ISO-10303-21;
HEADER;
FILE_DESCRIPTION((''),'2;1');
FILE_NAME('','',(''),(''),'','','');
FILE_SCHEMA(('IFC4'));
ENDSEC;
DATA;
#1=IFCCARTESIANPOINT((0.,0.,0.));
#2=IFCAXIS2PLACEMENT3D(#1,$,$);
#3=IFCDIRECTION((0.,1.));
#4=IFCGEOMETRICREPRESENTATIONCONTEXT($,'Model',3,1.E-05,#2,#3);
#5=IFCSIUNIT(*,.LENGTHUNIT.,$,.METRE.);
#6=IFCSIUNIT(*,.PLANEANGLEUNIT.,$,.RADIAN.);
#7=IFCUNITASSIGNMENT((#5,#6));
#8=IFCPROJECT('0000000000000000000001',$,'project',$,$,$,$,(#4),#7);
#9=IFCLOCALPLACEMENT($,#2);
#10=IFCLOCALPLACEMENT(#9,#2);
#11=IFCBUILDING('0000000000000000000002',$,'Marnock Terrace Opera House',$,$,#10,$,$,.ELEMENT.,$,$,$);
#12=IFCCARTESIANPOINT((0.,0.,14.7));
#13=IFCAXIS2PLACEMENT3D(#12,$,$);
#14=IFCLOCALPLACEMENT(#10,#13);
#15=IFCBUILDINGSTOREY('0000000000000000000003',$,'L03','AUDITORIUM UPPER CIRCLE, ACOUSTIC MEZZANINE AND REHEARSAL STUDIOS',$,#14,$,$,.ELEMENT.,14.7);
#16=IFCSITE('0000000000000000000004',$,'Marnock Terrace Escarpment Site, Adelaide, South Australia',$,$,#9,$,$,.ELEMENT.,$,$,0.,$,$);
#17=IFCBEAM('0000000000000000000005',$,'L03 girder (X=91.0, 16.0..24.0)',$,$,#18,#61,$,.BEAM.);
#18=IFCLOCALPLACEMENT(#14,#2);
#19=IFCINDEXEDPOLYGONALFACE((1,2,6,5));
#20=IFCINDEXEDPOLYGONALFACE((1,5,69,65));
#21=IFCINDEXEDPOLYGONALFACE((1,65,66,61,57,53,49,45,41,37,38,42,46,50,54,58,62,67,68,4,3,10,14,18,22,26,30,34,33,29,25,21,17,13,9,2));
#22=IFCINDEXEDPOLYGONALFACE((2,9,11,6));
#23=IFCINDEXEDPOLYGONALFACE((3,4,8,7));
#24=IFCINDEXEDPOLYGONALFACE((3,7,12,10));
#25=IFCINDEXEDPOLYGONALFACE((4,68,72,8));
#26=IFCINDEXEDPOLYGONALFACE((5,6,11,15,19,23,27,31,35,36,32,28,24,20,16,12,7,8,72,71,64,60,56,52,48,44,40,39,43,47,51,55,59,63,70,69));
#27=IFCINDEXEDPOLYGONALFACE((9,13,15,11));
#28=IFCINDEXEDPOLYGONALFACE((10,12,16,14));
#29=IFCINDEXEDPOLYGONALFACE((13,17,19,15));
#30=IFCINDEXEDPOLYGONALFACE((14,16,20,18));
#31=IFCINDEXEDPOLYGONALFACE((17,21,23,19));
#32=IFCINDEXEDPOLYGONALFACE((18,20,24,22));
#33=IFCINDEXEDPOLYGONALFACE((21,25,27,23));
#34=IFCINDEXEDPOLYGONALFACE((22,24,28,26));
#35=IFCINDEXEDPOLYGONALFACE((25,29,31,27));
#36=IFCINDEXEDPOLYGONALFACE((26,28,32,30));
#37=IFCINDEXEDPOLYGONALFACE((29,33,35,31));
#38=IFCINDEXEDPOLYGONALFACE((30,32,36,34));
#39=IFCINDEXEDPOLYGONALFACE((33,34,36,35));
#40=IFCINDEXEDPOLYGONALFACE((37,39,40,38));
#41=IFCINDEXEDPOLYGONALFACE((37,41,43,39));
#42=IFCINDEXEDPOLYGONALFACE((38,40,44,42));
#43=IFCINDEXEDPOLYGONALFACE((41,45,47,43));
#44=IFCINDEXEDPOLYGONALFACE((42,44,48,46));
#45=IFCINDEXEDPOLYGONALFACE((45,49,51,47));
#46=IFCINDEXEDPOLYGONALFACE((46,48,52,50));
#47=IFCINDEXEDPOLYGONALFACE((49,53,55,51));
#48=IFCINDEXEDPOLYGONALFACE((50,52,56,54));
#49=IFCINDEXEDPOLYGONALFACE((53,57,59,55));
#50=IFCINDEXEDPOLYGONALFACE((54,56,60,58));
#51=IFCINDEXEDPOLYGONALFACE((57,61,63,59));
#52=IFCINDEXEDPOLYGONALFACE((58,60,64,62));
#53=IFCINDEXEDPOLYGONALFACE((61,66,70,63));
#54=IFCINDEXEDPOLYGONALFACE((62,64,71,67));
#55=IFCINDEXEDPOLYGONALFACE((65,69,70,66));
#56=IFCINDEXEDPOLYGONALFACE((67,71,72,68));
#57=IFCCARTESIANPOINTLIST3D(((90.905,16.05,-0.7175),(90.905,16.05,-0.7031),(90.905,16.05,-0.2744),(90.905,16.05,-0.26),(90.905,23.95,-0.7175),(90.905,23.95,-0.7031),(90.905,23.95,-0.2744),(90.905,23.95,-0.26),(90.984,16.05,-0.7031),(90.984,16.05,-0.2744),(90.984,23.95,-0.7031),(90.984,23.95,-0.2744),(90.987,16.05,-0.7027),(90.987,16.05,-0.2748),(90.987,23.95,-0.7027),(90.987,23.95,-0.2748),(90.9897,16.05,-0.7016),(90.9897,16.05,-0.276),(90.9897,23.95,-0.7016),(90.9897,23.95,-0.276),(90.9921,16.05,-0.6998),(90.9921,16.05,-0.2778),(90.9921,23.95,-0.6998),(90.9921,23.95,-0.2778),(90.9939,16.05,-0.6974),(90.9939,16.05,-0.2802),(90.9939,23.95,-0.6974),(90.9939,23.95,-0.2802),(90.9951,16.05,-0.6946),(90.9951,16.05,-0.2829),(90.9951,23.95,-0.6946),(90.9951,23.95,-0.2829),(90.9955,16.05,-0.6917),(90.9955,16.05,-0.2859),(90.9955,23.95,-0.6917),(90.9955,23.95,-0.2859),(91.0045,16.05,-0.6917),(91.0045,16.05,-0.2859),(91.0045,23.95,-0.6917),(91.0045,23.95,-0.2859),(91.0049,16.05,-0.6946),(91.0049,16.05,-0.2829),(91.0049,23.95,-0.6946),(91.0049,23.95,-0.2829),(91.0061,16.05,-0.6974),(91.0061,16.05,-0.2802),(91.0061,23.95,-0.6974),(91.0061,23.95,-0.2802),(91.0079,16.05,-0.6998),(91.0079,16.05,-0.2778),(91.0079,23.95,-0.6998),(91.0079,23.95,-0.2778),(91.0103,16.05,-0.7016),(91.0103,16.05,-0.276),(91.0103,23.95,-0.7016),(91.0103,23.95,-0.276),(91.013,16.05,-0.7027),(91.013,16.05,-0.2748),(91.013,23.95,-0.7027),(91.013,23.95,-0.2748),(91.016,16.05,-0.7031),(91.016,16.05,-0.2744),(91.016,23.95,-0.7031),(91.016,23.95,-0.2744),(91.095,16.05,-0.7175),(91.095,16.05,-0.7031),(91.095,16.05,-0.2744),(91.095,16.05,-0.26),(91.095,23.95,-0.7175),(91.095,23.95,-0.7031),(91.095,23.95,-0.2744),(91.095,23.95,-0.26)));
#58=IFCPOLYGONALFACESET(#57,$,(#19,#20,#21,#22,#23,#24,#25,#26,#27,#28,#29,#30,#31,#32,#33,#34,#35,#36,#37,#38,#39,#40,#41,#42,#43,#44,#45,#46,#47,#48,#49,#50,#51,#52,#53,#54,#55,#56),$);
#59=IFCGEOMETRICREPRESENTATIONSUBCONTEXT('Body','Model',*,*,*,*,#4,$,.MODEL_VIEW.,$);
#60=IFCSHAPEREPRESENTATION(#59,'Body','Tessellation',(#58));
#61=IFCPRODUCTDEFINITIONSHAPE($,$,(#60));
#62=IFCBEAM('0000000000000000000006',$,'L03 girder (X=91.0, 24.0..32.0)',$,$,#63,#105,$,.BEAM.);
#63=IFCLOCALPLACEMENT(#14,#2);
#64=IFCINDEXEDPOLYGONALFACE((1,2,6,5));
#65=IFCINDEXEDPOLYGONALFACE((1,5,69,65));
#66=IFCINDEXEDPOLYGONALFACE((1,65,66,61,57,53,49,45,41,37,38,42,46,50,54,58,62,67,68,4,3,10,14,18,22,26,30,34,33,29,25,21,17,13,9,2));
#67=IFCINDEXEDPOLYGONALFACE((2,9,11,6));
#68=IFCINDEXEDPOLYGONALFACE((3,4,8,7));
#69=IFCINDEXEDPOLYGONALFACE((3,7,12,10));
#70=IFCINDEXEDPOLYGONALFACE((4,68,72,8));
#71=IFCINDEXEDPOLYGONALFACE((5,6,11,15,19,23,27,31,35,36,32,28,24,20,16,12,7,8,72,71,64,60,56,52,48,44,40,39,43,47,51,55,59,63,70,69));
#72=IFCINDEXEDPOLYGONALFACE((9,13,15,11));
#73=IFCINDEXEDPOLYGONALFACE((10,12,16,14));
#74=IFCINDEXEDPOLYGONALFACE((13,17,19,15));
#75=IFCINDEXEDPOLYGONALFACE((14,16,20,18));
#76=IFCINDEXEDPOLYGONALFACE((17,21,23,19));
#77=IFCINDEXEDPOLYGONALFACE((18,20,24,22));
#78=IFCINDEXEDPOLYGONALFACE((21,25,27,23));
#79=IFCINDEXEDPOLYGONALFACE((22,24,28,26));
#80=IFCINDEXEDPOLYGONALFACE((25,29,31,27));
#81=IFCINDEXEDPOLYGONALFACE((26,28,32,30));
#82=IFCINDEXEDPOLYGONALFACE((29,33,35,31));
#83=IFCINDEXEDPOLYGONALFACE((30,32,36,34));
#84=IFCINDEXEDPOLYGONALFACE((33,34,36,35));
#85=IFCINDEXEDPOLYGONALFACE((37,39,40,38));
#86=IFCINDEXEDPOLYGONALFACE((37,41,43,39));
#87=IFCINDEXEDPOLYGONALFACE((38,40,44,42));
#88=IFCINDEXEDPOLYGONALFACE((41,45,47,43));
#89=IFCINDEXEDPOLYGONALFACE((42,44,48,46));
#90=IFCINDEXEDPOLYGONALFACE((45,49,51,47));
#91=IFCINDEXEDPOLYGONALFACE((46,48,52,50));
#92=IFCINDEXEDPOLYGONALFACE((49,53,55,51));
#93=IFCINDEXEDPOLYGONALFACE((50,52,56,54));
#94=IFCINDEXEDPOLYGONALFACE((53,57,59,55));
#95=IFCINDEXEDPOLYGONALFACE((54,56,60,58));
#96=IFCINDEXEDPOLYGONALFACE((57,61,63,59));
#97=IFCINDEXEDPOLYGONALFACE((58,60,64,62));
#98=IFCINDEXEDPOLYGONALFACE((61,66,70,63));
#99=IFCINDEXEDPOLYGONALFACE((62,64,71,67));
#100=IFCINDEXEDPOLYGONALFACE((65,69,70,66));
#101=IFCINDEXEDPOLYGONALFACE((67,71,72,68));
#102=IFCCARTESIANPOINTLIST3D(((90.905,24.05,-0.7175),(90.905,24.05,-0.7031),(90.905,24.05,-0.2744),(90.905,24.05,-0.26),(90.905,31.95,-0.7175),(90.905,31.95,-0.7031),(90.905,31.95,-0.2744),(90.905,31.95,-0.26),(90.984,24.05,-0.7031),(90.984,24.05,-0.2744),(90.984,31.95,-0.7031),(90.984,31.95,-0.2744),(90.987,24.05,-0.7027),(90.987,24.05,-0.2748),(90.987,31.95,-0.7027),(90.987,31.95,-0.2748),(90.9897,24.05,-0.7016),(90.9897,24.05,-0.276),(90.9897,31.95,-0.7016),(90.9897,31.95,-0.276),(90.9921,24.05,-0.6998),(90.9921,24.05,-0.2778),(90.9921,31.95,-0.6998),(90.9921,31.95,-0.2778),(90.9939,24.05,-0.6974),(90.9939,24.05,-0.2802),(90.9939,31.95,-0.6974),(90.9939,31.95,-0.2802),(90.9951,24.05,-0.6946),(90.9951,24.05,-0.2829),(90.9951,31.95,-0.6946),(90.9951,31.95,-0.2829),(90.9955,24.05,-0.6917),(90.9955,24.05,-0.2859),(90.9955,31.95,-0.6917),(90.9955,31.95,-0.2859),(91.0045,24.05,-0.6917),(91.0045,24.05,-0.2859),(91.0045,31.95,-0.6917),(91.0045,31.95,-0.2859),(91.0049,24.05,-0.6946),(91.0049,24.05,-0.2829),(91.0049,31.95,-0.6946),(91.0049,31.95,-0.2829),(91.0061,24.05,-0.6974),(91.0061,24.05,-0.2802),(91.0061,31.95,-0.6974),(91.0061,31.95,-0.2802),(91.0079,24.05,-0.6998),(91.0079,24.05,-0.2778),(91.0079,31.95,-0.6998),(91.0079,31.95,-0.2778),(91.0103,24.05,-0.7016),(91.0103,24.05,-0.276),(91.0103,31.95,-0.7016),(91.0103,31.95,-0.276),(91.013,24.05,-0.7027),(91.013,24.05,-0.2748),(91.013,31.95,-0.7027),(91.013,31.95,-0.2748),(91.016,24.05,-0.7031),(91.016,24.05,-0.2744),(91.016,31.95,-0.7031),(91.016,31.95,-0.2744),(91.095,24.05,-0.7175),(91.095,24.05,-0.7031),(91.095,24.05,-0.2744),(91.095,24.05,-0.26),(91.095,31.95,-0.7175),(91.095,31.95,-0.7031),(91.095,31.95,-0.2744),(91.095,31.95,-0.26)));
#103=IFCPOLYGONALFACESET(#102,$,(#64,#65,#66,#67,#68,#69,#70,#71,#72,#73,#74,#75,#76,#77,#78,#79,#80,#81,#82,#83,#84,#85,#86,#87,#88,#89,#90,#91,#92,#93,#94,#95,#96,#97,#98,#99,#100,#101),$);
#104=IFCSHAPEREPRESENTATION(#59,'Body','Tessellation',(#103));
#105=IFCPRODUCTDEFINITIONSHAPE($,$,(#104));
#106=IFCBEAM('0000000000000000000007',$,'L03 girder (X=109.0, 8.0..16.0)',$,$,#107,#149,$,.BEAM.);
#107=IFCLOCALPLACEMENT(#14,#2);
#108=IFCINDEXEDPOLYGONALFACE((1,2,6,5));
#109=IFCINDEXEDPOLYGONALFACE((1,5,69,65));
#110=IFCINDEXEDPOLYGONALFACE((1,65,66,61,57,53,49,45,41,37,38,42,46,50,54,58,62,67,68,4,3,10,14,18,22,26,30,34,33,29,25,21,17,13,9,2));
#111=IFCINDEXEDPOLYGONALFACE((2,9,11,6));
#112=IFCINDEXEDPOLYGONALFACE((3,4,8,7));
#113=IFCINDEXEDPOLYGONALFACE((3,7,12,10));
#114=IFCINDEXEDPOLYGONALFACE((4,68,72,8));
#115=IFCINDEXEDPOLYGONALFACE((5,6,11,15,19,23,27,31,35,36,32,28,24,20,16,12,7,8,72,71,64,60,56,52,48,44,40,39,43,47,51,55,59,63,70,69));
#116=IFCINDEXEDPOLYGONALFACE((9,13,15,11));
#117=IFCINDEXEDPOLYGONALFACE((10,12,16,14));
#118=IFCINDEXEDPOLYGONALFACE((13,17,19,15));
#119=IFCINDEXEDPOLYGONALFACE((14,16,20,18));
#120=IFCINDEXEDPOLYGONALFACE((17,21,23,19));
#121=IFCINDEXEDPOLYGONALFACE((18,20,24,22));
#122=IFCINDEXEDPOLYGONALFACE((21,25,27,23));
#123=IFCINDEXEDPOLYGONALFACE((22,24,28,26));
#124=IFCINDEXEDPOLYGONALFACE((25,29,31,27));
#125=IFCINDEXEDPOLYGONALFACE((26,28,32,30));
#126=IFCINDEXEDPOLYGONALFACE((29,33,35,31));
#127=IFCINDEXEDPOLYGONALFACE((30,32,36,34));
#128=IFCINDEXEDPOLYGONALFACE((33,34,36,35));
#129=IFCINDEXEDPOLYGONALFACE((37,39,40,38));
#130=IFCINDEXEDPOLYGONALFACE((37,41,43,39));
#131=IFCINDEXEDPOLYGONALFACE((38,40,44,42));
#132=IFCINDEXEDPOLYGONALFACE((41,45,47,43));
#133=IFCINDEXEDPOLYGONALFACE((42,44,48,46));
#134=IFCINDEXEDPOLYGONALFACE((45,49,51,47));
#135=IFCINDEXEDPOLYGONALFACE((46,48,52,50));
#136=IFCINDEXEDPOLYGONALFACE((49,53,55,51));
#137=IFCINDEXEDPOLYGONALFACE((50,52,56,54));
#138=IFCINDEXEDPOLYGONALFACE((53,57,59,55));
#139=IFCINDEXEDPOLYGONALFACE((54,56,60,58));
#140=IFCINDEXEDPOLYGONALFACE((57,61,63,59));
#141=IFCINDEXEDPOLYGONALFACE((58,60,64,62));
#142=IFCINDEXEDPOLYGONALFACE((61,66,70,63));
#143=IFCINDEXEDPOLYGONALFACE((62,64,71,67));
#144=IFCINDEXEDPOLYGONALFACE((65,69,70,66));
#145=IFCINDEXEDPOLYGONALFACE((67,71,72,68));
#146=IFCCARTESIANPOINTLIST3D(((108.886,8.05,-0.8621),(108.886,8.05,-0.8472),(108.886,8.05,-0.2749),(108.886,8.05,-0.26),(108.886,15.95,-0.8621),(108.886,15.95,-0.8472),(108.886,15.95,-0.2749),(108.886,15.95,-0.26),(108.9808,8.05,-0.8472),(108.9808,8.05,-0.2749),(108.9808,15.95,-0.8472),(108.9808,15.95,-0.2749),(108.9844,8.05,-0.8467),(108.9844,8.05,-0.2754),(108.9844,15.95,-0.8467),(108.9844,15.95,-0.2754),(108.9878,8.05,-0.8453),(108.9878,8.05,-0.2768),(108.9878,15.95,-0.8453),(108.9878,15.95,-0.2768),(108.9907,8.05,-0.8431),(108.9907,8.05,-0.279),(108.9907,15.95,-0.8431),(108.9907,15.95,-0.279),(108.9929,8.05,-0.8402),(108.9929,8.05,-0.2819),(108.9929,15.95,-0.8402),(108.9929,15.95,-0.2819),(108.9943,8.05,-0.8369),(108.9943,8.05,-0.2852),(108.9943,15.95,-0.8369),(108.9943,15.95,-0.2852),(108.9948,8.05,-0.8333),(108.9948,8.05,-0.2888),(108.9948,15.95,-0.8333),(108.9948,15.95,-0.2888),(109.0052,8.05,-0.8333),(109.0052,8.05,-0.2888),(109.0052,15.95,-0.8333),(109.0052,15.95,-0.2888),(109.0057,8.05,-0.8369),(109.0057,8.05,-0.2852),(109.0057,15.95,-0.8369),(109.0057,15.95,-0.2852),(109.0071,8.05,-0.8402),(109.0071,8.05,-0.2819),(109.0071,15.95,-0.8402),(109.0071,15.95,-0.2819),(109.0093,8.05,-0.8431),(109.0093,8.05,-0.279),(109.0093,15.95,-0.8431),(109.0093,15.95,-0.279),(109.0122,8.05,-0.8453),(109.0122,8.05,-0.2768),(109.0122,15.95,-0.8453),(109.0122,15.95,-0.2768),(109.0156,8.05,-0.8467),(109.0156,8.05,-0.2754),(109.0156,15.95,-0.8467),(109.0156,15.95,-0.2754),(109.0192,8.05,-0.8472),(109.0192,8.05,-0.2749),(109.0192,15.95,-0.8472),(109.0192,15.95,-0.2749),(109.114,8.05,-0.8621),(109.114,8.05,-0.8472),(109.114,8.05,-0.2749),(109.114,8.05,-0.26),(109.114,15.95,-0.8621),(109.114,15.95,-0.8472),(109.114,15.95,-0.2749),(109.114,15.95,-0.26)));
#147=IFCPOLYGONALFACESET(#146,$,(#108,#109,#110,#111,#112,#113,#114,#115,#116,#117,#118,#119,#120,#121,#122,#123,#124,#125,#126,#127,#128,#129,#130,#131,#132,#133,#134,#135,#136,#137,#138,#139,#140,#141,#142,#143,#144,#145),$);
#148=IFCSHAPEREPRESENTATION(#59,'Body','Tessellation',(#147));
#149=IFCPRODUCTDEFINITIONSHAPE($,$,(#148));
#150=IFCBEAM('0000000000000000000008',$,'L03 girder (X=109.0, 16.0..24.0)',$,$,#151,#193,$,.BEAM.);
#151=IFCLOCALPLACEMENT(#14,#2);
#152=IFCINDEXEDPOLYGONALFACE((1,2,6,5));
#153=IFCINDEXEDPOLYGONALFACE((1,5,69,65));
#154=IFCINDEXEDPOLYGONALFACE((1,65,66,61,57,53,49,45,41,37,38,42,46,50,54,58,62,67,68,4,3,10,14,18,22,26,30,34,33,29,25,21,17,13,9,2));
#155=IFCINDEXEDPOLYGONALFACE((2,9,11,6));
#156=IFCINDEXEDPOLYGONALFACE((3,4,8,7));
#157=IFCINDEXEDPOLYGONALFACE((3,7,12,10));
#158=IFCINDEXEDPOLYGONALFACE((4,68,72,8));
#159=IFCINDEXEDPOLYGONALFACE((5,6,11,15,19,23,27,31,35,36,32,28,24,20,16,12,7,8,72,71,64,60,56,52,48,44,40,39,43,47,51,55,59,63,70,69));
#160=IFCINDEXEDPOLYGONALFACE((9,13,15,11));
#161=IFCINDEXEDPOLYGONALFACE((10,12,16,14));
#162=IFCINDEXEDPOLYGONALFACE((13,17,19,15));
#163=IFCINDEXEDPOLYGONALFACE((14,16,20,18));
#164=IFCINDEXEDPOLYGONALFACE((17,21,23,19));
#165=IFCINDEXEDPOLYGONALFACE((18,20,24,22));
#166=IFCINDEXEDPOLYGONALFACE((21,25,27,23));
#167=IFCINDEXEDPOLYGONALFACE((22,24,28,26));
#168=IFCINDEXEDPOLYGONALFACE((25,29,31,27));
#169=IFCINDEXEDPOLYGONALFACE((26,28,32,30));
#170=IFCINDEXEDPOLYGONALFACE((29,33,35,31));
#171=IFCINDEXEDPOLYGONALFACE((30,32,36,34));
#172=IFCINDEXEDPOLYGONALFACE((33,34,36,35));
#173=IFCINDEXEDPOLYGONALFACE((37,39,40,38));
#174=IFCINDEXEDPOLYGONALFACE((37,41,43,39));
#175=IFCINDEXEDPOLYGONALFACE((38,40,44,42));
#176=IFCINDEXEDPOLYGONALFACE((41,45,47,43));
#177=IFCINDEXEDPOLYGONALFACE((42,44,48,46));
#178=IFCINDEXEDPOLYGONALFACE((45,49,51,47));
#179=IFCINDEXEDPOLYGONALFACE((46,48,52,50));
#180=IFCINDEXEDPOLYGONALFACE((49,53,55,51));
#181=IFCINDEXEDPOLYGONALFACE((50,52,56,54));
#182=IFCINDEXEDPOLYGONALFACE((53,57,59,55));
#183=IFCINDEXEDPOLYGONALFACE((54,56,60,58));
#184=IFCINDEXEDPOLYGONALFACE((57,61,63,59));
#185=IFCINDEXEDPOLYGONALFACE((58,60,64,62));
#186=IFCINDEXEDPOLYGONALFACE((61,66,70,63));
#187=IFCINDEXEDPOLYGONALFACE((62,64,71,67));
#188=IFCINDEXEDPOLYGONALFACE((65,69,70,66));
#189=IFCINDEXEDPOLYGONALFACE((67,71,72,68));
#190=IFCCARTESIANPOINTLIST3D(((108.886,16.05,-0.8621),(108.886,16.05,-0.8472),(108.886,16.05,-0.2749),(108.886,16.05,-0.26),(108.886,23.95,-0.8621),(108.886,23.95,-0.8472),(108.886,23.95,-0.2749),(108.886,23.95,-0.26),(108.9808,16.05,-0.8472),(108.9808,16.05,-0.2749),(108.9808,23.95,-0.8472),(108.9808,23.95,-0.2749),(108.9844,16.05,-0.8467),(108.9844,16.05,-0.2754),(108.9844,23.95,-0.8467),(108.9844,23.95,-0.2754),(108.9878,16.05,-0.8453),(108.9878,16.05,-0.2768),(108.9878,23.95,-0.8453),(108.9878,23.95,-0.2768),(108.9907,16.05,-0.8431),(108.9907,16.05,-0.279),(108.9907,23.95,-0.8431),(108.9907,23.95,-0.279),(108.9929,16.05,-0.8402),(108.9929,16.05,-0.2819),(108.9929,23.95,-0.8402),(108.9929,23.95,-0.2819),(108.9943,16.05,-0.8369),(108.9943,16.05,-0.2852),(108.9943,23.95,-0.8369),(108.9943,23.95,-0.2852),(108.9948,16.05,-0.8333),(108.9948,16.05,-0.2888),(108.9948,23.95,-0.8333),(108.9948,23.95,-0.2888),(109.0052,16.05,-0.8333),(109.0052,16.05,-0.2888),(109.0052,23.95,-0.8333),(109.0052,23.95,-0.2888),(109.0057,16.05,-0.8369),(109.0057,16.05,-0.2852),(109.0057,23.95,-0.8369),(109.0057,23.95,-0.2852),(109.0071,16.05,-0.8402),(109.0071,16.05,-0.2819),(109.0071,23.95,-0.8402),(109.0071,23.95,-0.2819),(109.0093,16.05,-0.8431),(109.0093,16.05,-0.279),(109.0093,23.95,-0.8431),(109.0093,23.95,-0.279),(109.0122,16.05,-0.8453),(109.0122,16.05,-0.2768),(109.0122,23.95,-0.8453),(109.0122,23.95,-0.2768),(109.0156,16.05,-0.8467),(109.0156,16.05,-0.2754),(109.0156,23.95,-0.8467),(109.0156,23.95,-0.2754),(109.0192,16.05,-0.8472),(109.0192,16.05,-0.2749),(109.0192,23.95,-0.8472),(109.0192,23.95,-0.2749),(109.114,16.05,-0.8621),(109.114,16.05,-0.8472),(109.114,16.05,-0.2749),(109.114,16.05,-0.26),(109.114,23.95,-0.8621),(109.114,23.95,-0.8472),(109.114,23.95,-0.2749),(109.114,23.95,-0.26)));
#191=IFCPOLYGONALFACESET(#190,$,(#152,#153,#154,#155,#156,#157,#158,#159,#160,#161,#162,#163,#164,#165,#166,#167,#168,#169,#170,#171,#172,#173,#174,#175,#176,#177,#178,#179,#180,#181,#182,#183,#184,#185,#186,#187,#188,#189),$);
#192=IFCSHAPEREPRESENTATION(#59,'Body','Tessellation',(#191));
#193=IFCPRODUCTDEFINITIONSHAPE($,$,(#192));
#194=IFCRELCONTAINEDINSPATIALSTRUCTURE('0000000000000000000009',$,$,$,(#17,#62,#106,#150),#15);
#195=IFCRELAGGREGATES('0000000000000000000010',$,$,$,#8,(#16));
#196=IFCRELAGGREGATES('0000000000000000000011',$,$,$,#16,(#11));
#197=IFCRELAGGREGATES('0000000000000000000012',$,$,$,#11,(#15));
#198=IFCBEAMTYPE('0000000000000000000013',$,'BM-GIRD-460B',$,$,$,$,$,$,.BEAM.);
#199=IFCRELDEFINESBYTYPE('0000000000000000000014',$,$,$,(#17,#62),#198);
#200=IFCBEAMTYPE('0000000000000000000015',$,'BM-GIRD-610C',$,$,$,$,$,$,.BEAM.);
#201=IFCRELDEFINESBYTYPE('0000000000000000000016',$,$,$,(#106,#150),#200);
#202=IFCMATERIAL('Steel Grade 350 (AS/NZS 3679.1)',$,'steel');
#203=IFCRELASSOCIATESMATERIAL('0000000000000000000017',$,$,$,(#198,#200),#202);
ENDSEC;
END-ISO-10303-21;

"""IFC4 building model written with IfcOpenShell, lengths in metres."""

from ifc_helpers import new_model, si_unit, direction, frame, origin, origin_2d, place, context, subcontext, project, spatial, i_section, extrude, material, material_profile, profile_set, type_object, element, save


model = new_model("IFC4")

# Units and contexts
model_context = context("Model", 3, precision=1e-05, world=origin(), true_north=direction((0.0, 1.0)))
body_context = subcontext(model_context, "Body", "Model", "MODEL_VIEW")
ifc_project = project(units=[si_unit("LENGTHUNIT", "METRE"), si_unit("PLANEANGLEUNIT", "RADIAN")], contexts=[model_context])

# Site, building, storey
site_placement = place(None, origin())
site = spatial("IfcSite", under=ifc_project, at=site_placement, Name="Marnock Terrace Escarpment Site, Adelaide, South Australia", CompositionType="ELEMENT", RefElevation=0.0)
building_placement = place(site_placement, origin())
building = spatial("IfcBuilding", under=site, at=building_placement, Name="Marnock Terrace Opera House", CompositionType="ELEMENT")
storey_placement = place(building_placement, frame((0.0, 0.0, 14.7)))
storey = spatial("IfcBuildingStorey", under=building, at=storey_placement, Name="L03", Description="AUDITORIUM UPPER CIRCLE, ACOUSTIC MEZZANINE AND REHEARSAL STUDIOS", CompositionType="ELEMENT", Elevation=14.7)

# Beams
ifc_material_1 = material(Name="Steel Grade 350 (AS/NZS 3679.1)", Category="steel")
ifc_material_profile_1 = material_profile(ifc_material_1, i_section(OverallWidth=0.1899, OverallDepth=0.4575, WebThickness=0.009, FlangeThickness=0.0144, FilletRadius=0.0115, at=origin_2d()))
ifc_profile_set_1 = profile_set([ifc_material_profile_1], Name="Steel Grade 350 (AS/NZS 3679.1)")
beam_type_1 = type_object("IfcBeamType", Name="BM-GIRD-460B", PredefinedType="BEAM", material=ifc_profile_set_1)
for number, where, z_axis, x_axis, name in (
    (1, (91.0, 16.05, -0.4888), (0.0, 1.0, 0.0), (-1.0, 0.0, 0.0), "L03 girder (X=91.0, 16.0..24.0)"),
    (2, (91.0, 24.05, -0.4888), (0.0, 1.0, 0.0), (-1.0, 0.0, 0.0), "L03 girder (X=91.0, 24.0..32.0)"),
):
    element("IfcBeam", number, at=place(storey_placement, frame(where, z_axis=z_axis, x_axis=x_axis)), inside=storey, type_object=beam_type_1, Name=name, PredefinedType="BEAM", context=body_context, shape_type="SweptSolid", body=[
        extrude(i_section(OverallWidth=0.1899, OverallDepth=0.4575, WebThickness=0.009, FlangeThickness=0.0144, FilletRadius=0.0115, at=origin_2d()), origin(), (0.0, 0.0, 1.0), 7.8999),
    ])
ifc_material_profile_2 = material_profile(ifc_material_1, i_section(OverallWidth=0.228, OverallDepth=0.6021, WebThickness=0.0105, FlangeThickness=0.0149, FilletRadius=0.0139, at=origin_2d()))
ifc_profile_set_2 = profile_set([ifc_material_profile_2], Name="Steel Grade 350 (AS/NZS 3679.1)")
beam_type_2 = type_object("IfcBeamType", Name="BM-GIRD-610C", PredefinedType="BEAM", material=ifc_profile_set_2)
for number, where, z_axis, x_axis, name in (
    (3, (109.0, 8.05, -0.561), (0.0, 1.0, 0.0), (-1.0, 0.0, 0.0), "L03 girder (X=109.0, 8.0..16.0)"),
    (4, (109.0, 16.05, -0.561), (0.0, 1.0, 0.0), (-1.0, 0.0, 0.0), "L03 girder (X=109.0, 16.0..24.0)"),
):
    element("IfcBeam", number, at=place(storey_placement, frame(where, z_axis=z_axis, x_axis=x_axis)), inside=storey, type_object=beam_type_2, Name=name, PredefinedType="BEAM", context=body_context, shape_type="SweptSolid", body=[
        extrude(i_section(OverallWidth=0.228, OverallDepth=0.6021, WebThickness=0.0105, FlangeThickness=0.0149, FilletRadius=0.0139, at=origin_2d()), origin(), (0.0, 0.0, 1.0), 7.8999),
    ])

save(model, "model.ifc")
